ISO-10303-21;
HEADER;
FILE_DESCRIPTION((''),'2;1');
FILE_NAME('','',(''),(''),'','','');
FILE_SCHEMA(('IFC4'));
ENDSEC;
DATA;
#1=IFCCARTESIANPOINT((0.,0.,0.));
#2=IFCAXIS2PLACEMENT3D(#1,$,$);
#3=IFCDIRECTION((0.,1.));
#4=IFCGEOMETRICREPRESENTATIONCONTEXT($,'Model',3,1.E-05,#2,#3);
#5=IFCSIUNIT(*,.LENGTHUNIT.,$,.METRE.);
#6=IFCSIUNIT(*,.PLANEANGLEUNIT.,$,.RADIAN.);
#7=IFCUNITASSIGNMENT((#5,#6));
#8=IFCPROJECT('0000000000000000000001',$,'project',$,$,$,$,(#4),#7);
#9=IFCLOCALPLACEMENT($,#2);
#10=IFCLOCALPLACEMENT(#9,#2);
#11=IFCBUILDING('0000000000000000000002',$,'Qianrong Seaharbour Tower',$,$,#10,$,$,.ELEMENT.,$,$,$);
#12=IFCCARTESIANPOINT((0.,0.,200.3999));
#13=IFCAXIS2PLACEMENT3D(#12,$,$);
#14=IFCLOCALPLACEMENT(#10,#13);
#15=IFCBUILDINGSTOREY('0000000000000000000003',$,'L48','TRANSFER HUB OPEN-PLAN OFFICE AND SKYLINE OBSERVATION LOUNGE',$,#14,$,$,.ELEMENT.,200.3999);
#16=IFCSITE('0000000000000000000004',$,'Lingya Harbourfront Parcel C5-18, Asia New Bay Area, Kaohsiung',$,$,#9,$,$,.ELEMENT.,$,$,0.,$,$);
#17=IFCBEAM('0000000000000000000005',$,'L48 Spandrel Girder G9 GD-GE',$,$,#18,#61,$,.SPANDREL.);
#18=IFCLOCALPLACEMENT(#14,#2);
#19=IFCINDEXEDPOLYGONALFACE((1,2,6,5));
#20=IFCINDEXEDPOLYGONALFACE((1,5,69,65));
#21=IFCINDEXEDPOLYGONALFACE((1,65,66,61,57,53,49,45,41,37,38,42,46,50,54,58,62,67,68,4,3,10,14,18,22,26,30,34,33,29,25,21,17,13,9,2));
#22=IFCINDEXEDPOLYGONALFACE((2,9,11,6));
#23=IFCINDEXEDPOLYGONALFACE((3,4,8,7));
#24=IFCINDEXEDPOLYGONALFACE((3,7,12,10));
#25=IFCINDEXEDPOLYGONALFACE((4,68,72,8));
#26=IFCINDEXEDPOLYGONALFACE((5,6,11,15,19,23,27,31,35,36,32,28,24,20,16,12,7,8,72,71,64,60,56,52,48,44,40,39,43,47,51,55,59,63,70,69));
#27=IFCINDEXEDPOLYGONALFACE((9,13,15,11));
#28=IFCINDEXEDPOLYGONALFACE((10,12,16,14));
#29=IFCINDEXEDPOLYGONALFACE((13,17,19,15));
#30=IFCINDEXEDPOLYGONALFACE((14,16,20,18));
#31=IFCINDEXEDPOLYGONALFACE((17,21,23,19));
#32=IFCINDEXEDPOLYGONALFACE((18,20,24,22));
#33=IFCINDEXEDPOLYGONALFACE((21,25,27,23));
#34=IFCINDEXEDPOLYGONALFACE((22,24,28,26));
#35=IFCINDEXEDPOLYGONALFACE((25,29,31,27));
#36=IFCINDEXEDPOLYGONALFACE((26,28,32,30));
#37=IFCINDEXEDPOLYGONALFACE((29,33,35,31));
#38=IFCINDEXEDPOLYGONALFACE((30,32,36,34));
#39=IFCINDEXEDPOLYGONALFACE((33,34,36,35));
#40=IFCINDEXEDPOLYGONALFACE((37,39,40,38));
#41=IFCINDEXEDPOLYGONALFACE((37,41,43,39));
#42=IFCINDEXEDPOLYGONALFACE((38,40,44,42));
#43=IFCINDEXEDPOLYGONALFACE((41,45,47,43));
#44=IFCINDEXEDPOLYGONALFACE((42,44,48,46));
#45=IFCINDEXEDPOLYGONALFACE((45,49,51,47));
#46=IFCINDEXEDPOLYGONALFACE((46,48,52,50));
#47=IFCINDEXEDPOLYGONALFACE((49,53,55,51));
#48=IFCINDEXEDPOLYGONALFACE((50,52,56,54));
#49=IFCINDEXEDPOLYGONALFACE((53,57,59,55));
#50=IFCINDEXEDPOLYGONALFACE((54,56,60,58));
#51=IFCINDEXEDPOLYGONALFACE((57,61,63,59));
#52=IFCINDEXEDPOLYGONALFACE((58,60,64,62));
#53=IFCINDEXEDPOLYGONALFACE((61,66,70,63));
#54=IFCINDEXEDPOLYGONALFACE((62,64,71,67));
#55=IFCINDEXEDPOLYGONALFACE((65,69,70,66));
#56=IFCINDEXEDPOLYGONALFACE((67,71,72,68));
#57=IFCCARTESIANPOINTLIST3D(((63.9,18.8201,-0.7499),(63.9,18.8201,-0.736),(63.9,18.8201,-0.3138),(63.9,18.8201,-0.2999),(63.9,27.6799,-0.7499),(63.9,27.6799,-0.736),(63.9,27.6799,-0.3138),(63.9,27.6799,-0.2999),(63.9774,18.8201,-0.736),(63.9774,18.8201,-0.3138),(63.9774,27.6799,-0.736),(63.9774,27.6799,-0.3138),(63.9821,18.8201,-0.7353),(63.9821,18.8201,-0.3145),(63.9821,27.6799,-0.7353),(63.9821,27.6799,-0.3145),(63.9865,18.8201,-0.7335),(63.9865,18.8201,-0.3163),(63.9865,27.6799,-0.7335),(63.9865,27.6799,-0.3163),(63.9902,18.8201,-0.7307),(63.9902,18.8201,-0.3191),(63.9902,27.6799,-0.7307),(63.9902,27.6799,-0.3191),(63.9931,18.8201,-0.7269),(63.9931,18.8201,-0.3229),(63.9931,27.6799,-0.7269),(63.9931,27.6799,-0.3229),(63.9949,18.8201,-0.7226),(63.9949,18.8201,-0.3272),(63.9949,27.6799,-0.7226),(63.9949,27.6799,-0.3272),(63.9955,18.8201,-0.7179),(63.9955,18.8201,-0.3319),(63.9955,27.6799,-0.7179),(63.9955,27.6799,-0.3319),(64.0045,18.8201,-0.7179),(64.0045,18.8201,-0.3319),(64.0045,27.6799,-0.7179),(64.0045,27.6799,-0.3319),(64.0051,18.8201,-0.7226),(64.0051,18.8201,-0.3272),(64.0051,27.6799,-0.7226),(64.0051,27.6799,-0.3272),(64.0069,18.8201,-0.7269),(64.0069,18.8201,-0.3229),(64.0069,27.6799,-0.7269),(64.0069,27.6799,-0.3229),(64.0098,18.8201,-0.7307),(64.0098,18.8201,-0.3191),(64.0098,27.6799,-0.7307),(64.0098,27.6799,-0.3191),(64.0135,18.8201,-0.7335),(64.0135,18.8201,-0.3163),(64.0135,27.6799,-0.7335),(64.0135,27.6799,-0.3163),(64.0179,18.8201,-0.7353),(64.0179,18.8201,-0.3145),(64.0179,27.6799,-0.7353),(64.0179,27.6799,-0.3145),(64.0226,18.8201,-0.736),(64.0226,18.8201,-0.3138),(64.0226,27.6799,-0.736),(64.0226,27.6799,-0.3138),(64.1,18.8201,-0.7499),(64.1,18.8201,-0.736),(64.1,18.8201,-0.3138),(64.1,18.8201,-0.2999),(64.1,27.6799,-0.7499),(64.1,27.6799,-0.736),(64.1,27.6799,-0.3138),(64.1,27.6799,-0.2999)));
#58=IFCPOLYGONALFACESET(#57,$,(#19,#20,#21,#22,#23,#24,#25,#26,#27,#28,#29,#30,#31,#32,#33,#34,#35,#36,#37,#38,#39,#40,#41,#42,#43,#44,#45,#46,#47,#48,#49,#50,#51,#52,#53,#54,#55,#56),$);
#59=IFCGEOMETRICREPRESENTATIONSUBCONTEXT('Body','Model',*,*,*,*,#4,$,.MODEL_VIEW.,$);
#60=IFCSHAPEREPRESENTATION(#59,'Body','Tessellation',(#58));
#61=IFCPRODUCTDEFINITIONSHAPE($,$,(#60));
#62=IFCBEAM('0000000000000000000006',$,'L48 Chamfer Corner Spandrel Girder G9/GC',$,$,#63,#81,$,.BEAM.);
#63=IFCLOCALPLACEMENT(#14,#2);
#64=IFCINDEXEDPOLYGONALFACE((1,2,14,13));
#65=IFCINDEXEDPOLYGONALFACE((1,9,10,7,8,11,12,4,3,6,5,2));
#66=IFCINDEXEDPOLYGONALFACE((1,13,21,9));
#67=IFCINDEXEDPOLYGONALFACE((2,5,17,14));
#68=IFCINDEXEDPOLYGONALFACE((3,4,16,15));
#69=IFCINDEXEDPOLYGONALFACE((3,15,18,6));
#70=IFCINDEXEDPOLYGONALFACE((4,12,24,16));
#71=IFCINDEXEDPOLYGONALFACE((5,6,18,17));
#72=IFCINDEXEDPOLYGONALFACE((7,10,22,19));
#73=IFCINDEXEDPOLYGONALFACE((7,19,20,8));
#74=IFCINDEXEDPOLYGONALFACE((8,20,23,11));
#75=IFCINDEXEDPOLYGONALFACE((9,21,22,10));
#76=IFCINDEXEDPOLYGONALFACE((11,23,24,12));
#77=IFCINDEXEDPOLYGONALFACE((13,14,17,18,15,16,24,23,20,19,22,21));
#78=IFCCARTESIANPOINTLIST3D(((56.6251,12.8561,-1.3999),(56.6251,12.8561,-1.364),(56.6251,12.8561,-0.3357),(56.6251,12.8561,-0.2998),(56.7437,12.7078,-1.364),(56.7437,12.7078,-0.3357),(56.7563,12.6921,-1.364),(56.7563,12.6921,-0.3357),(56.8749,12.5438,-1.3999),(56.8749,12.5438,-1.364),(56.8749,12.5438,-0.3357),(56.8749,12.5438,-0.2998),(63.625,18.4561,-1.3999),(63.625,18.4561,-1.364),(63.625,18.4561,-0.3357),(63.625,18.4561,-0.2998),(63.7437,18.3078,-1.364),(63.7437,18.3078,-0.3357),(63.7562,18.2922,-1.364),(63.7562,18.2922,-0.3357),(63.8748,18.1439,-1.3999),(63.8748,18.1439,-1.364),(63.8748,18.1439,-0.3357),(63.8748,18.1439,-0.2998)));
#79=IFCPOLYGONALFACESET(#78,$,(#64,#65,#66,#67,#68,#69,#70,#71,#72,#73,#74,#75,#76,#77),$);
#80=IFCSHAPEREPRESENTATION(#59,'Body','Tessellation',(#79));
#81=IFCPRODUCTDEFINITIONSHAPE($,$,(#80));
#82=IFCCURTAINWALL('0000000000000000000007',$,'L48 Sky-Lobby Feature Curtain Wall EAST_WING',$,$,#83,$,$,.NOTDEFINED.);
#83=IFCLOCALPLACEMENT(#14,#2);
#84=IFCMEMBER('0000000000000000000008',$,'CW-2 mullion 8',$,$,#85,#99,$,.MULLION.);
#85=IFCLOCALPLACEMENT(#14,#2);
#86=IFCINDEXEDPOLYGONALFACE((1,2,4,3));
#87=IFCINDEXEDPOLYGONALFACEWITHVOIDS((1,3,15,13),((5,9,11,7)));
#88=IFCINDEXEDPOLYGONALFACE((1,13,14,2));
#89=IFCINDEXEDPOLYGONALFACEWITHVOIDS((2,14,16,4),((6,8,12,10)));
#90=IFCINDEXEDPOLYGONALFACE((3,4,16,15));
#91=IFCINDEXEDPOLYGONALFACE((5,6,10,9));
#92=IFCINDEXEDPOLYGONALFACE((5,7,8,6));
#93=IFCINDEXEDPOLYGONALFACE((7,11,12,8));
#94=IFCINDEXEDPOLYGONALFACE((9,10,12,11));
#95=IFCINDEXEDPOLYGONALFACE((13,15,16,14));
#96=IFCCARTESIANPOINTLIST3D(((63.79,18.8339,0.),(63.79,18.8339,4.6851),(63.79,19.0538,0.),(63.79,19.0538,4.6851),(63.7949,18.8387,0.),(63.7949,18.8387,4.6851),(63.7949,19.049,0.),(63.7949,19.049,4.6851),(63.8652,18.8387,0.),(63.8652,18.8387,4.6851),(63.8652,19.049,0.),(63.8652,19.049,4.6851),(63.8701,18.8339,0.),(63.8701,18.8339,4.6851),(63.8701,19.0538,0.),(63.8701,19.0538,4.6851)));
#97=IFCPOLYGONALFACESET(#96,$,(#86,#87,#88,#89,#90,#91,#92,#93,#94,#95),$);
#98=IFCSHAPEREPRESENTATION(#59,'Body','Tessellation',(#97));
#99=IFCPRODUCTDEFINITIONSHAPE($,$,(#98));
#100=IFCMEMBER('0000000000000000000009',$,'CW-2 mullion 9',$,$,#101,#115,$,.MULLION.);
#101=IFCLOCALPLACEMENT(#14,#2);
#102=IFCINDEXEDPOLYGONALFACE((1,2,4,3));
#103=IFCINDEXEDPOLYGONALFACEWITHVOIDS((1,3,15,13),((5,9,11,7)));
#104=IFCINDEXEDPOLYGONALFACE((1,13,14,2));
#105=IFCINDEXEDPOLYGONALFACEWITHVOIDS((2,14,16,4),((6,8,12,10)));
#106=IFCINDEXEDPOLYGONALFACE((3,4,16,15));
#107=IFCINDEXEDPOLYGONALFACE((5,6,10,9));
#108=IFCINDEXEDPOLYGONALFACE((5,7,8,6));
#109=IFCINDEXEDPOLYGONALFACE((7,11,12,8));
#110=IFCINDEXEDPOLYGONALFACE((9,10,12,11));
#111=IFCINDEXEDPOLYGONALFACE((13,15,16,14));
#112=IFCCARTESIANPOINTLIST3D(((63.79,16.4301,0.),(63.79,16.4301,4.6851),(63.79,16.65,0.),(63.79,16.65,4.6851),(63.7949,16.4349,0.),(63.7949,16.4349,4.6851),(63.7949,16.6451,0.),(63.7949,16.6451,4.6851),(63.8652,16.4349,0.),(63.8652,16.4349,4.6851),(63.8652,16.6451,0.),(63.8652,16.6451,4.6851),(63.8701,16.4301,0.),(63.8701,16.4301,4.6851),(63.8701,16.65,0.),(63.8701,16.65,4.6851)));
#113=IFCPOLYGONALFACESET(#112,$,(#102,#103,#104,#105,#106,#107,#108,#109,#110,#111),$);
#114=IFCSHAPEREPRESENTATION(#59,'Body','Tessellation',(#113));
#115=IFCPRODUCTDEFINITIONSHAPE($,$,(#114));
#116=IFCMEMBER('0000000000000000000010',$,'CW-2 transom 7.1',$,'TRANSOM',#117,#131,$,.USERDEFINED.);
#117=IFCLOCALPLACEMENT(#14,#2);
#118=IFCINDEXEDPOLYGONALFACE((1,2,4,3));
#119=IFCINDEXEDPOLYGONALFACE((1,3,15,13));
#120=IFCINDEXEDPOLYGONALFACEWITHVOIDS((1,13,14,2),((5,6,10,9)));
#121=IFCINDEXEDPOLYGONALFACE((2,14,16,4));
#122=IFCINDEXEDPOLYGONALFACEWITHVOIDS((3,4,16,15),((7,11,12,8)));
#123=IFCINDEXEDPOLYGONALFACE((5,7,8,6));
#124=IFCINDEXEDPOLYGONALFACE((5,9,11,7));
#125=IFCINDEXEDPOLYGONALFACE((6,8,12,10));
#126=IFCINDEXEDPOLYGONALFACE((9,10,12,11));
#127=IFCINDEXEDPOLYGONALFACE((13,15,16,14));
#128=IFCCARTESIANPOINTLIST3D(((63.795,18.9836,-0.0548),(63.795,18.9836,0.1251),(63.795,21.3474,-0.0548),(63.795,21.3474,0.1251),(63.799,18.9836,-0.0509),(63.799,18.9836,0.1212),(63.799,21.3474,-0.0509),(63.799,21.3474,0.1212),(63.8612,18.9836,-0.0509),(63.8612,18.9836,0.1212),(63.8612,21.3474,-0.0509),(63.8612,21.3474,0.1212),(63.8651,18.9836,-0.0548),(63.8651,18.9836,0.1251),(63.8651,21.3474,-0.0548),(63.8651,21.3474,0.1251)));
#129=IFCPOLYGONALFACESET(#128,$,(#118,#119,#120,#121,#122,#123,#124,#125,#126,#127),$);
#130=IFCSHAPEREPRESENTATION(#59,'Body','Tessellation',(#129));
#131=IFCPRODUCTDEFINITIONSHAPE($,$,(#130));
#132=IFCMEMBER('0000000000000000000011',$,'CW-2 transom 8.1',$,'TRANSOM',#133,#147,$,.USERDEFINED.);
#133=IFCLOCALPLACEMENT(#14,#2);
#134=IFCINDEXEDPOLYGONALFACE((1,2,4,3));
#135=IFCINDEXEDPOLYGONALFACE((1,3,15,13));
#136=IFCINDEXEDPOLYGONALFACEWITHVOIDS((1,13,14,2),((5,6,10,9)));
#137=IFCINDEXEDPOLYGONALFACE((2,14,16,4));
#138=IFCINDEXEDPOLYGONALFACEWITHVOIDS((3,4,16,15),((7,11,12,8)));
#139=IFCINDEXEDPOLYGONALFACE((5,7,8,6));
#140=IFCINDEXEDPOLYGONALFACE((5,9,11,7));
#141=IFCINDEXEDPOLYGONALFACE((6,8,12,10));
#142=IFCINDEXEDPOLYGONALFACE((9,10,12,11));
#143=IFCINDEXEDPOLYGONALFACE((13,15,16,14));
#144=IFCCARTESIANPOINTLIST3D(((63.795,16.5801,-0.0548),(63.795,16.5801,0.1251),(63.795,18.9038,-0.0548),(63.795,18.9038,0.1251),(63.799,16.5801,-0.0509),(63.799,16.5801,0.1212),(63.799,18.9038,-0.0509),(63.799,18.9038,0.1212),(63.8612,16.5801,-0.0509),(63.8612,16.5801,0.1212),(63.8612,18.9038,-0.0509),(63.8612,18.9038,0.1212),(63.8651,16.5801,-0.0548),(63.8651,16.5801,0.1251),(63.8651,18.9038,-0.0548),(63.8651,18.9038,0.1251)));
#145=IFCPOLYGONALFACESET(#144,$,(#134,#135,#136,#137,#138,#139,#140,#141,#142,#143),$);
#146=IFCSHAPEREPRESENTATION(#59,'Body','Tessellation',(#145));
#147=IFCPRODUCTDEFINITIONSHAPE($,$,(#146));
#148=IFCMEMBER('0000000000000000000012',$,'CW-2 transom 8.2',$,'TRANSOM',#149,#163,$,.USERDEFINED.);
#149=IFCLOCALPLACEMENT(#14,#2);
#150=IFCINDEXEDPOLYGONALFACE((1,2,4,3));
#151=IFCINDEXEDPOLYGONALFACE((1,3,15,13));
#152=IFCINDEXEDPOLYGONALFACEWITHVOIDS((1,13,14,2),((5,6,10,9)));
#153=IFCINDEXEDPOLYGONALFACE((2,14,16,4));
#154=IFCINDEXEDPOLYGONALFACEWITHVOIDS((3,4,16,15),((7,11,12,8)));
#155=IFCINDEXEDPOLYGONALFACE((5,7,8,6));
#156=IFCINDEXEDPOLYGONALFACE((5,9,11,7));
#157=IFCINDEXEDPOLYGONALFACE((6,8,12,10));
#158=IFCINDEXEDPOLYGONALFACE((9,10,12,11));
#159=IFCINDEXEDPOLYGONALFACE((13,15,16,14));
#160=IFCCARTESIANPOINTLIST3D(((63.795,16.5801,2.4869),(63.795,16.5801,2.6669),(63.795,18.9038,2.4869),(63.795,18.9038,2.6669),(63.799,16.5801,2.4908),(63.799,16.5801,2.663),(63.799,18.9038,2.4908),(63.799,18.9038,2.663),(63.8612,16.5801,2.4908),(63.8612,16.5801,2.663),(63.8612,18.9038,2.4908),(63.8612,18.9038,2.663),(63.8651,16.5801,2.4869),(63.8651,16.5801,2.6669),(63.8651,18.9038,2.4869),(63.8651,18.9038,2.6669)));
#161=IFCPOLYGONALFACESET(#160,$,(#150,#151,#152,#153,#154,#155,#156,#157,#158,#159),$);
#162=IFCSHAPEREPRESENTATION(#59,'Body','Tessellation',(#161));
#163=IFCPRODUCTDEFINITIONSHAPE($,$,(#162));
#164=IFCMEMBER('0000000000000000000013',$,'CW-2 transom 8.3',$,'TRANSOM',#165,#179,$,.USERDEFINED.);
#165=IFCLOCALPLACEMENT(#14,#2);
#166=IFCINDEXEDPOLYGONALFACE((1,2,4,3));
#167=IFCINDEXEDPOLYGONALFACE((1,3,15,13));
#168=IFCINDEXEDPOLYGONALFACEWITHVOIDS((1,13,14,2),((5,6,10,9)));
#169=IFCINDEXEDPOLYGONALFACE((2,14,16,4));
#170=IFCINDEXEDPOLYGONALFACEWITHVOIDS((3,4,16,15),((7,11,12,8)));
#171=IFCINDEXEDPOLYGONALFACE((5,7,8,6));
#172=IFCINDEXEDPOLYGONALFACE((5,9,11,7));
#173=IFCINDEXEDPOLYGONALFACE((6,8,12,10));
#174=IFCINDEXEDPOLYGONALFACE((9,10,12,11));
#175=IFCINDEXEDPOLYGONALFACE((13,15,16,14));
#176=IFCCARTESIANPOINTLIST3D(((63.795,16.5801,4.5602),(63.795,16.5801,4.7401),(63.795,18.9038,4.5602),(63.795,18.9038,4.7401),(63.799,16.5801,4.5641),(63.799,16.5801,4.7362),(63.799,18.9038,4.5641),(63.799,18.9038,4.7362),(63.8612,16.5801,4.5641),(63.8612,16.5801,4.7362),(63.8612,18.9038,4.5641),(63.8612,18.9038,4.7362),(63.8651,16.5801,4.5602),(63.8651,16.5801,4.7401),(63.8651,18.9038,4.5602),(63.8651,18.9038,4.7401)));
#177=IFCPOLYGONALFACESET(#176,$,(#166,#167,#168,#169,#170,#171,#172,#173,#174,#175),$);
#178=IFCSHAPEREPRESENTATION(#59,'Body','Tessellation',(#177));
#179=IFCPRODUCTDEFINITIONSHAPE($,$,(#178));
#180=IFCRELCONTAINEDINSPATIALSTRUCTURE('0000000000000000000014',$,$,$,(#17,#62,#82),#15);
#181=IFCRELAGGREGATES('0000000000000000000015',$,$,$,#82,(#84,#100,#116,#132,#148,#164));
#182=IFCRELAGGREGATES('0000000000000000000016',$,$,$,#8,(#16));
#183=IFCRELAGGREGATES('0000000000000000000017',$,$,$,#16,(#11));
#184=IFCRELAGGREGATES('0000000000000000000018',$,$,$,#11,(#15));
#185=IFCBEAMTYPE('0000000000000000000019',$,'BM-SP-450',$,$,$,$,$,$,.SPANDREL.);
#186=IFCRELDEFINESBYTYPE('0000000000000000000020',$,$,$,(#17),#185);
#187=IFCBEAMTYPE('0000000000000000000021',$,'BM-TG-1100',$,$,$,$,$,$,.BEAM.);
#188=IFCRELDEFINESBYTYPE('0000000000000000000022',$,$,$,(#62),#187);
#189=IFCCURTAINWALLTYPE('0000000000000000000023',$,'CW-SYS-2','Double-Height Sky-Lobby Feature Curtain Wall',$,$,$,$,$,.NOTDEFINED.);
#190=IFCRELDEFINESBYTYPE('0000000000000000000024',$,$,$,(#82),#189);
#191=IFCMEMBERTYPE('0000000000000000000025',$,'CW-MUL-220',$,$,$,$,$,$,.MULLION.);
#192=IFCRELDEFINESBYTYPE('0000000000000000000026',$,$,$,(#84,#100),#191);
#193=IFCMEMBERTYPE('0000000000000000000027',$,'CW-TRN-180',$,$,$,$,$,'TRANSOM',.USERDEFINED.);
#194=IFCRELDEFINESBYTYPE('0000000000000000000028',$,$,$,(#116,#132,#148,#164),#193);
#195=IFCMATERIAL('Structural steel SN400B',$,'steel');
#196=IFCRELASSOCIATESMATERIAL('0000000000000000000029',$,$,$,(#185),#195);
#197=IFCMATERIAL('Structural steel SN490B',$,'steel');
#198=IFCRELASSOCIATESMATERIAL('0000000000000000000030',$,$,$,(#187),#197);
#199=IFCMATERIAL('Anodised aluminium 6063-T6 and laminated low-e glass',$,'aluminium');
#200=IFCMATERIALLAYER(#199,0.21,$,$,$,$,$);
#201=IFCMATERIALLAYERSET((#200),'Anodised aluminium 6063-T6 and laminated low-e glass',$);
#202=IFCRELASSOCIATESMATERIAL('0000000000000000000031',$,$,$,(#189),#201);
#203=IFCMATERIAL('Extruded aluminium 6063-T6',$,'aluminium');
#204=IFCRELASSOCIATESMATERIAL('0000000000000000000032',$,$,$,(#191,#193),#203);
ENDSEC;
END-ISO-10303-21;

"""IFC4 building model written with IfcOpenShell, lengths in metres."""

from ifc_helpers import new_model, si_unit, direction, frame, origin, origin_2d, place, context, subcontext, project, spatial, hollow_rectangle, i_section, extrude, material, layer, layer_set, material_profile, profile_set, type_object, element, aggregate, save


model = new_model("IFC4")

# Units and contexts
model_context = context("Model", 3, precision=1e-05, world=origin(), true_north=direction((0.0, 1.0)))
body_context = subcontext(model_context, "Body", "Model", "MODEL_VIEW")
ifc_project = project(units=[si_unit("LENGTHUNIT", "METRE"), si_unit("PLANEANGLEUNIT", "RADIAN")], contexts=[model_context])

# Site, building, storey
site_placement = place(None, origin())
site = spatial("IfcSite", under=ifc_project, at=site_placement, Name="Lingya Harbourfront Parcel C5-18, Asia New Bay Area, Kaohsiung", CompositionType="ELEMENT", RefElevation=0.0)
building_placement = place(site_placement, origin())
building = spatial("IfcBuilding", under=site, at=building_placement, Name="Qianrong Seaharbour Tower", CompositionType="ELEMENT")
storey_placement = place(building_placement, frame((0.0, 0.0, 200.3999)))
storey = spatial("IfcBuildingStorey", under=building, at=storey_placement, Name="L48", Description="TRANSFER HUB OPEN-PLAN OFFICE AND SKYLINE OBSERVATION LOUNGE", CompositionType="ELEMENT", Elevation=200.3999)

# Shared definitions
ifc_material_1 = material(Name="Structural steel SN490B", Category="steel")

# Beams
ifc_material_2 = material(Name="Structural steel SN400B", Category="steel")
ifc_material_profile_1 = material_profile(ifc_material_2, i_section(OverallWidth=0.2, OverallDepth=0.45, WebThickness=0.009, FlangeThickness=0.0139, FilletRadius=0.0181, at=origin_2d()), Name="H450x200x9x14")
ifc_profile_set_1 = profile_set([ifc_material_profile_1], Name="Structural steel SN400B")
beam_type_1 = type_object("IfcBeamType", Name="BM-SP-450", PredefinedType="SPANDREL", material=ifc_profile_set_1)
beam_1_placement = place(storey_placement, frame((64.0, 18.8201, -0.5249), z_axis=(0.0, 1.0, 0.0), x_axis=(-1.0, 0.0, 0.0)))
element("IfcBeam", 1, at=beam_1_placement, inside=storey, type_object=beam_type_1, Name="L48 Spandrel Girder G9 GD-GE", PredefinedType="SPANDREL", context=body_context, shape_type="SweptSolid", body=[
    extrude(i_section(OverallWidth=0.2, OverallDepth=0.45, WebThickness=0.009, FlangeThickness=0.0139, FilletRadius=0.0181, at=origin_2d()), origin(), (0.0, 0.0, 1.0), 8.8599),
])
ifc_material_profile_2 = material_profile(ifc_material_1, i_section(OverallWidth=0.3999, OverallDepth=1.1001, WebThickness=0.02, FlangeThickness=0.0359, at=origin_2d()), Name="BH1100x400x20x36")
ifc_profile_set_2 = profile_set([ifc_material_profile_2], Name="Structural steel SN490B")
beam_type_2 = type_object("IfcBeamType", Name="BM-TG-1100", PredefinedType="BEAM", material=ifc_profile_set_2)
beam_2_placement = place(storey_placement, frame((56.75, 12.7, -0.8499), z_axis=(0.780863, 0.624702, 0.0), x_axis=(-0.624702, 0.780863, 0.0)))
element("IfcBeam", 2, at=beam_2_placement, inside=storey, type_object=beam_type_2, Name="L48 Chamfer Corner Spandrel Girder G9/GC", PredefinedType="BEAM", context=body_context, shape_type="SweptSolid", body=[
    extrude(i_section(OverallWidth=0.3999, OverallDepth=1.1001, WebThickness=0.02, FlangeThickness=0.0359, at=origin_2d()), origin(), (0.0, 0.0, 1.0), 8.9644),
])

# Curtain wall, members
ifc_material_3 = material(Name="Anodised aluminium 6063-T6 and laminated low-e glass", Category="aluminium")
ifc_layer_1 = layer(ifc_material_3, 0.21)
ifc_layer_set_1 = layer_set([ifc_layer_1], Name="Anodised aluminium 6063-T6 and laminated low-e glass")
curtain_wall_type = type_object("IfcCurtainWallType", Name="CW-SYS-2", Description="Double-Height Sky-Lobby Feature Curtain Wall", PredefinedType="NOTDEFINED", material=ifc_layer_set_1)
curtain_wall_placement = place(storey_placement, origin())
curtain_wall = element("IfcCurtainWall", 3, at=curtain_wall_placement, inside=storey, type_object=curtain_wall_type, Name="L48 Sky-Lobby Feature Curtain Wall EAST_WING", PredefinedType="NOTDEFINED")
ifc_material_4 = material(Name="Extruded aluminium 6063-T6", Category="aluminium")
ifc_material_profile_3 = material_profile(ifc_material_4, hollow_rectangle(XDim=0.0801, YDim=0.22, WallThickness=0.0049, at=origin_2d()), Name="ALU-MUL-220x80x5")
ifc_profile_set_3 = profile_set([ifc_material_profile_3], Name="Extruded aluminium 6063-T6")
member_type_1 = type_object("IfcMemberType", Name="CW-MUL-220", PredefinedType="MULLION", material=ifc_profile_set_3)
member_1_placement = place(storey_placement, frame((63.8301, 18.9438, 0.0), z_axis=(0.0, 0.0, 1.0), x_axis=(1.0, 0.0, 0.0)))
member_1 = element("IfcMember", 4, at=member_1_placement, type_object=member_type_1, Name="CW-2 mullion 8", PredefinedType="MULLION", context=body_context, shape_type="SweptSolid", body=[
    extrude(hollow_rectangle(XDim=0.0801, YDim=0.22, WallThickness=0.0049, at=origin_2d()), origin(), (0.0, 0.0, 1.0), 4.6851),
])
member_2_placement = place(storey_placement, frame((63.8301, 16.54, 0.0), z_axis=(0.0, 0.0, 1.0), x_axis=(1.0, 0.0, 0.0)))
member_2 = element("IfcMember", 5, at=member_2_placement, type_object=member_type_1, Name="CW-2 mullion 9", PredefinedType="MULLION", context=body_context, shape_type="SweptSolid", body=[
    extrude(hollow_rectangle(XDim=0.0801, YDim=0.22, WallThickness=0.0049, at=origin_2d()), origin(), (0.0, 0.0, 1.0), 4.6851),
])
ifc_material_profile_4 = material_profile(ifc_material_4, hollow_rectangle(XDim=0.0701, YDim=0.1799, WallThickness=0.0039, at=origin_2d()), Name="ALU-TRN-180x70x4")
ifc_profile_set_4 = profile_set([ifc_material_profile_4], Name="Extruded aluminium 6063-T6")
member_type_2 = type_object("IfcMemberType", Name="CW-TRN-180", ElementType="TRANSOM", PredefinedType="USERDEFINED", material=ifc_profile_set_4)
member_3_placement = place(storey_placement, frame((63.8301, 21.3474, 0.0352), z_axis=(0.0, -1.0, 0.0), x_axis=(1.0, 0.0, 0.0)))
member_3 = element("IfcMember", 6, at=member_3_placement, type_object=member_type_2, Name="CW-2 transom 7.1", ObjectType="TRANSOM", PredefinedType="USERDEFINED", context=body_context, shape_type="SweptSolid", body=[
    extrude(hollow_rectangle(XDim=0.0701, YDim=0.1799, WallThickness=0.0039, at=origin_2d()), origin(), (0.0, 0.0, 1.0), 2.3638),
])
member_4_placement = place(storey_placement, frame((63.8301, 18.9038, 0.0352), z_axis=(0.0, -1.0, 0.0), x_axis=(1.0, 0.0, 0.0)))
member_4 = element("IfcMember", 7, at=member_4_placement, type_object=member_type_2, Name="CW-2 transom 8.1", ObjectType="TRANSOM", PredefinedType="USERDEFINED", context=body_context, shape_type="SweptSolid", body=[
    extrude(hollow_rectangle(XDim=0.0701, YDim=0.1799, WallThickness=0.0039, at=origin_2d()), origin(), (0.0, 0.0, 1.0), 2.3237),
])
member_5_placement = place(storey_placement, frame((63.8301, 18.9038, 2.5769), z_axis=(0.0, -1.0, 0.0), x_axis=(1.0, 0.0, 0.0)))
member_5 = element("IfcMember", 8, at=member_5_placement, type_object=member_type_2, Name="CW-2 transom 8.2", ObjectType="TRANSOM", PredefinedType="USERDEFINED", context=body_context, shape_type="SweptSolid", body=[
    extrude(hollow_rectangle(XDim=0.0701, YDim=0.1799, WallThickness=0.0039, at=origin_2d()), origin(), (0.0, 0.0, 1.0), 2.3237),
])
member_6_placement = place(storey_placement, frame((63.8301, 18.9038, 4.6501), z_axis=(0.0, -1.0, 0.0), x_axis=(1.0, 0.0, 0.0)))
member_6 = element("IfcMember", 9, at=member_6_placement, type_object=member_type_2, Name="CW-2 transom 8.3", ObjectType="TRANSOM", PredefinedType="USERDEFINED", context=body_context, shape_type="SweptSolid", body=[
    extrude(hollow_rectangle(XDim=0.0701, YDim=0.1799, WallThickness=0.0039, at=origin_2d()), origin(), (0.0, 0.0, 1.0), 2.3237),
])
aggregate(curtain_wall, [member_1, member_2, member_3, member_4, member_5, member_6])

save(model, "model.ifc")
